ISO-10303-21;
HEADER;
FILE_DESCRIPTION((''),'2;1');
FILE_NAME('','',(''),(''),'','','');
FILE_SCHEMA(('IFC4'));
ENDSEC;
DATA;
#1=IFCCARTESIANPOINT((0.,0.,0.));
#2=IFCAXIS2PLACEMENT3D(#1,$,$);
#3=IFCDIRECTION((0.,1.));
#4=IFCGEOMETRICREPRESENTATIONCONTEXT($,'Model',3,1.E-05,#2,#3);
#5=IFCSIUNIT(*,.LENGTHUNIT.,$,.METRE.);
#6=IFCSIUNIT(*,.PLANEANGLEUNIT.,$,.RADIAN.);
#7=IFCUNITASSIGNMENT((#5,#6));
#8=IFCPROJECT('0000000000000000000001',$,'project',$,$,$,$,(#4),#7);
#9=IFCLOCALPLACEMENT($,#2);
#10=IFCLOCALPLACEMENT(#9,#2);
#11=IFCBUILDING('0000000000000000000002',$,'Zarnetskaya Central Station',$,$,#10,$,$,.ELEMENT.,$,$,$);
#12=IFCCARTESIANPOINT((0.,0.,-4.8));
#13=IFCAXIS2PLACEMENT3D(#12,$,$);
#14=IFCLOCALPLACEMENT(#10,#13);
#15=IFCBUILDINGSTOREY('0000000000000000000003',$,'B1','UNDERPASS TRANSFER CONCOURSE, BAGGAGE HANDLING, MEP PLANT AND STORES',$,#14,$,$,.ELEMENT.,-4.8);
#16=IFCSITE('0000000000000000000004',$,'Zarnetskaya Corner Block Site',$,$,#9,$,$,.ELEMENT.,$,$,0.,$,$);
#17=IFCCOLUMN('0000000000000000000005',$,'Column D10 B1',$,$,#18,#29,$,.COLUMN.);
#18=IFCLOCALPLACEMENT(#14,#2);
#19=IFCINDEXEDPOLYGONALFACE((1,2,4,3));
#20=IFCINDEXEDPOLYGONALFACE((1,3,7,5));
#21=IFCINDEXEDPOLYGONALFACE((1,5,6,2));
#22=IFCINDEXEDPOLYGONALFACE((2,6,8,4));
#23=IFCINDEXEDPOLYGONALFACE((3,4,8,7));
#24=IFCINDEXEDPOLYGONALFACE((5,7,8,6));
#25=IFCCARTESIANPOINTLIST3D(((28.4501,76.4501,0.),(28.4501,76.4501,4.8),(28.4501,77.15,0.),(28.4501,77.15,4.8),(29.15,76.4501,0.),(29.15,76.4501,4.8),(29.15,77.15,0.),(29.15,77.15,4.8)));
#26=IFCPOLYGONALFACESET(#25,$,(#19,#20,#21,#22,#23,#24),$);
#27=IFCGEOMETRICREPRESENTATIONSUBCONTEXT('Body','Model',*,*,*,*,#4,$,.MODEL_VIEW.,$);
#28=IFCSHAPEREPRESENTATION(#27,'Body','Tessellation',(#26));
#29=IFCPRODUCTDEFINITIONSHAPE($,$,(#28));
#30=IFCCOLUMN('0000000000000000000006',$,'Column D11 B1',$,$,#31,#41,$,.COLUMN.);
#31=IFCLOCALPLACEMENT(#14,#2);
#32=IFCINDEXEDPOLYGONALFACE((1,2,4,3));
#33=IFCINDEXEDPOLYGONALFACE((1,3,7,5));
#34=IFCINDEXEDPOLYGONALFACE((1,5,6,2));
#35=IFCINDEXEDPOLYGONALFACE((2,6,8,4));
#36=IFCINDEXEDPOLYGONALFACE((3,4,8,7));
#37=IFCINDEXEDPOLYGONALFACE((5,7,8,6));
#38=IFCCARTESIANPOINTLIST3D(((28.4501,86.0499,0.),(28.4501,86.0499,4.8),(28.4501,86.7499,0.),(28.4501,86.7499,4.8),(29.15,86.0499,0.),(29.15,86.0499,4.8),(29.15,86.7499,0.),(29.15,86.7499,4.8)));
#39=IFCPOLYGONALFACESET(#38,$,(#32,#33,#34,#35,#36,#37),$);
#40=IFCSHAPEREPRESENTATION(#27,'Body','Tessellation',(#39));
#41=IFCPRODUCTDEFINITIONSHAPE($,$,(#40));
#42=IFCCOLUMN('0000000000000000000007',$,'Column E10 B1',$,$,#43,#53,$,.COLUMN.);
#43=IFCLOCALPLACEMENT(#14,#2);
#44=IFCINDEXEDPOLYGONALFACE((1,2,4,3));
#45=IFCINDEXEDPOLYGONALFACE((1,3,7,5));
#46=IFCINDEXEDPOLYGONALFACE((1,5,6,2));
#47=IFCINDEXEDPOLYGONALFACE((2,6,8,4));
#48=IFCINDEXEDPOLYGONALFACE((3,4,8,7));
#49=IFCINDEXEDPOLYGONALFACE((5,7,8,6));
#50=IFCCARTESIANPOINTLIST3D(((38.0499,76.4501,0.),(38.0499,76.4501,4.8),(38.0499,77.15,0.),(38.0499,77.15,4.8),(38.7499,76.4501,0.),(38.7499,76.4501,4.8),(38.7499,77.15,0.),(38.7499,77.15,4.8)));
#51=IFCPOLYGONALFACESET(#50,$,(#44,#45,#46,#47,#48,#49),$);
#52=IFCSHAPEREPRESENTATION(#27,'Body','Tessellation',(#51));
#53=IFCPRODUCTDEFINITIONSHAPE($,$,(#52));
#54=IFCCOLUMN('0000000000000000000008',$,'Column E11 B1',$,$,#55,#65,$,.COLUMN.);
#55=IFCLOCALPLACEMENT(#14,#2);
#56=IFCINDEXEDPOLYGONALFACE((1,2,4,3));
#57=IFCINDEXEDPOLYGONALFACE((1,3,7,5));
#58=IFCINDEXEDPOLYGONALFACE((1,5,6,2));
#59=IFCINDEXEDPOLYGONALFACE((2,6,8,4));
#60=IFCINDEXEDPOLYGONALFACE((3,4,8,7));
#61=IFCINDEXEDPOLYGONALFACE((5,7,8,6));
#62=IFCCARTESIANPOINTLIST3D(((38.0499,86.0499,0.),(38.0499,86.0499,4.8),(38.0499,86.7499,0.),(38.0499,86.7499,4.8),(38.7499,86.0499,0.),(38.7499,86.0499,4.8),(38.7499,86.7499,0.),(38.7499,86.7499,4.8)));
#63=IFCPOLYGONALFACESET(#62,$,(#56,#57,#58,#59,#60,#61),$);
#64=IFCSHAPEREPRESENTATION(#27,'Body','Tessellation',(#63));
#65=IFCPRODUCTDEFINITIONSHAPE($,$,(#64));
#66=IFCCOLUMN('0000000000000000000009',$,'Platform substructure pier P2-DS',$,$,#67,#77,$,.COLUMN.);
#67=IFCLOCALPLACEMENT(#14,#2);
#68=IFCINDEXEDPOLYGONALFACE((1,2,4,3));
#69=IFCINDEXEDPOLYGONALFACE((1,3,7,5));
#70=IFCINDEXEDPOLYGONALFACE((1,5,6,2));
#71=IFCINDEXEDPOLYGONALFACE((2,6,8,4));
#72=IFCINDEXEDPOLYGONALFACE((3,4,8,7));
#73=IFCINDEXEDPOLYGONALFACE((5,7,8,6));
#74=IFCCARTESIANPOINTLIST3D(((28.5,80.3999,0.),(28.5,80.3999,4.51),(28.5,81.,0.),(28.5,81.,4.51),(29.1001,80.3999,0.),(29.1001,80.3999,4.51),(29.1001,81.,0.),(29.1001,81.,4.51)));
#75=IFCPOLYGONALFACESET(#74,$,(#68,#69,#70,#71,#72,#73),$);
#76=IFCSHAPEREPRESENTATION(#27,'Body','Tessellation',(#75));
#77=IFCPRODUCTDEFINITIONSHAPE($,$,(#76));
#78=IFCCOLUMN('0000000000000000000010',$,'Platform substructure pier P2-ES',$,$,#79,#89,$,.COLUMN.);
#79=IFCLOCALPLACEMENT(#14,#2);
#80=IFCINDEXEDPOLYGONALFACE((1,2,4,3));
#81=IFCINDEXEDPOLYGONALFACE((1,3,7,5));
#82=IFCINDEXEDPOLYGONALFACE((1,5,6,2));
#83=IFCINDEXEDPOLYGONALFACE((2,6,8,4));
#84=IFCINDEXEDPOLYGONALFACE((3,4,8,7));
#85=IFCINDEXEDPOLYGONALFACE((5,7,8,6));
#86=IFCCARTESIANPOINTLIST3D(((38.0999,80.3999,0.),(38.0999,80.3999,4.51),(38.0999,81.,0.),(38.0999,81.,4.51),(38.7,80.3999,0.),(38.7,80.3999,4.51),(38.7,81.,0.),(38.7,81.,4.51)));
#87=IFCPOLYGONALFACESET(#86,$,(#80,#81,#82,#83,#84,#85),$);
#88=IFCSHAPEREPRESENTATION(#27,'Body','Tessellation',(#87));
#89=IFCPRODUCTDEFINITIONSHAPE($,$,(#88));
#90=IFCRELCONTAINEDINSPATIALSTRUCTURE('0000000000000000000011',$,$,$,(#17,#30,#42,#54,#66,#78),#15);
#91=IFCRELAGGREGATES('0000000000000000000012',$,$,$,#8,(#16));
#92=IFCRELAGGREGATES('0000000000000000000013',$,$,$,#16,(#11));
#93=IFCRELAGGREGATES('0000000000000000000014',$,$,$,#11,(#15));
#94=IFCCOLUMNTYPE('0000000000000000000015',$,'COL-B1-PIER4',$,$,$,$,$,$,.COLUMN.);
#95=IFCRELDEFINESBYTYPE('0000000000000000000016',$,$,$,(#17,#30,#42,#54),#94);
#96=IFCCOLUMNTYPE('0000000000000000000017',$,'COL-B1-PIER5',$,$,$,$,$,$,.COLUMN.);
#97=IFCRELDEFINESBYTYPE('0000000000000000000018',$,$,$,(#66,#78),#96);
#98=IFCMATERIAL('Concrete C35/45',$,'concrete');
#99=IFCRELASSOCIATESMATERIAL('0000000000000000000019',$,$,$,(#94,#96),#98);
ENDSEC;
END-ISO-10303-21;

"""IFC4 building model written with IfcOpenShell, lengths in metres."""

from ifc_helpers import new_model, si_unit, direction, frame, origin, origin_2d, place, context, subcontext, project, spatial, rectangle, extrude, material, material_profile, profile_set, type_object, element, save


model = new_model("IFC4")

# Units and contexts
model_context = context("Model", 3, precision=1e-05, world=origin(), true_north=direction((0.0, 1.0)))
body_context = subcontext(model_context, "Body", "Model", "MODEL_VIEW")
ifc_project = project(units=[si_unit("LENGTHUNIT", "METRE"), si_unit("PLANEANGLEUNIT", "RADIAN")], contexts=[model_context])

# Site, building, storey
site_placement = place(None, origin())
site = spatial("IfcSite", under=ifc_project, at=site_placement, Name="Zarnetskaya Corner Block Site", CompositionType="ELEMENT", RefElevation=0.0)
building_placement = place(site_placement, origin())
building = spatial("IfcBuilding", under=site, at=building_placement, Name="Zarnetskaya Central Station", CompositionType="ELEMENT")
storey_placement = place(building_placement, frame((0.0, 0.0, -4.8)))
storey = spatial("IfcBuildingStorey", under=building, at=storey_placement, Name="B1", Description="UNDERPASS TRANSFER CONCOURSE, BAGGAGE HANDLING, MEP PLANT AND STORES", CompositionType="ELEMENT", Elevation=-4.8)

# Shared definitions
ifc_material = material(Name="Concrete C35/45", Category="concrete")

# Columns
ifc_material_profile_1 = material_profile(ifc_material, rectangle(XDim=0.7, YDim=0.7, at=origin_2d()), Name="RC 700x700")
ifc_profile_set_1 = profile_set([ifc_material_profile_1], Name="Concrete C35/45")
column_type_1 = type_object("IfcColumnType", Name="COL-B1-PIER4", PredefinedType="COLUMN", material=ifc_profile_set_1)
for number, where, z_axis, x_axis, name in (
    (1, (28.8, 76.8, 0.0), (0.0, 0.0, 1.0), (1.0, 0.0, 0.0), "Column D10 B1"),
    (2, (28.8, 86.3999, 0.0), (0.0, 0.0, 1.0), (1.0, 0.0, 0.0), "Column D11 B1"),
    (3, (38.3999, 76.8, 0.0), (0.0, 0.0, 1.0), (1.0, 0.0, 0.0), "Column E10 B1"),
    (4, (38.3999, 86.3999, 0.0), (0.0, 0.0, 1.0), (1.0, 0.0, 0.0), "Column E11 B1"),
):
    element("IfcColumn", number, at=place(storey_placement, frame(where, z_axis=z_axis, x_axis=x_axis)), inside=storey, type_object=column_type_1, Name=name, PredefinedType="COLUMN", context=body_context, shape_type="SweptSolid", body=[
        extrude(rectangle(XDim=0.7, YDim=0.7, at=origin_2d()), origin(), (0.0, 0.0, 1.0), 4.8),
    ])
ifc_material_profile_2 = material_profile(ifc_material, rectangle(XDim=0.6001, YDim=0.6001, at=origin_2d()), Name="RC 600x600")
ifc_profile_set_2 = profile_set([ifc_material_profile_2], Name="Concrete C35/45")
column_type_2 = type_object("IfcColumnType", Name="COL-B1-PIER5", PredefinedType="COLUMN", material=ifc_profile_set_2)
for number, where, z_axis, x_axis, name in (
    (5, (28.8, 80.7, 0.0), (0.0, 0.0, 1.0), (1.0, 0.0, 0.0), "Platform substructure pier P2-DS"),
    (6, (38.3999, 80.7, 0.0), (0.0, 0.0, 1.0), (1.0, 0.0, 0.0), "Platform substructure pier P2-ES"),
):
    element("IfcColumn", number, at=place(storey_placement, frame(where, z_axis=z_axis, x_axis=x_axis)), inside=storey, type_object=column_type_2, Name=name, PredefinedType="COLUMN", context=body_context, shape_type="SweptSolid", body=[
        extrude(rectangle(XDim=0.6001, YDim=0.6001, at=origin_2d()), origin(), (0.0, 0.0, 1.0), 4.51),
    ])

save(model, "model.ifc")
